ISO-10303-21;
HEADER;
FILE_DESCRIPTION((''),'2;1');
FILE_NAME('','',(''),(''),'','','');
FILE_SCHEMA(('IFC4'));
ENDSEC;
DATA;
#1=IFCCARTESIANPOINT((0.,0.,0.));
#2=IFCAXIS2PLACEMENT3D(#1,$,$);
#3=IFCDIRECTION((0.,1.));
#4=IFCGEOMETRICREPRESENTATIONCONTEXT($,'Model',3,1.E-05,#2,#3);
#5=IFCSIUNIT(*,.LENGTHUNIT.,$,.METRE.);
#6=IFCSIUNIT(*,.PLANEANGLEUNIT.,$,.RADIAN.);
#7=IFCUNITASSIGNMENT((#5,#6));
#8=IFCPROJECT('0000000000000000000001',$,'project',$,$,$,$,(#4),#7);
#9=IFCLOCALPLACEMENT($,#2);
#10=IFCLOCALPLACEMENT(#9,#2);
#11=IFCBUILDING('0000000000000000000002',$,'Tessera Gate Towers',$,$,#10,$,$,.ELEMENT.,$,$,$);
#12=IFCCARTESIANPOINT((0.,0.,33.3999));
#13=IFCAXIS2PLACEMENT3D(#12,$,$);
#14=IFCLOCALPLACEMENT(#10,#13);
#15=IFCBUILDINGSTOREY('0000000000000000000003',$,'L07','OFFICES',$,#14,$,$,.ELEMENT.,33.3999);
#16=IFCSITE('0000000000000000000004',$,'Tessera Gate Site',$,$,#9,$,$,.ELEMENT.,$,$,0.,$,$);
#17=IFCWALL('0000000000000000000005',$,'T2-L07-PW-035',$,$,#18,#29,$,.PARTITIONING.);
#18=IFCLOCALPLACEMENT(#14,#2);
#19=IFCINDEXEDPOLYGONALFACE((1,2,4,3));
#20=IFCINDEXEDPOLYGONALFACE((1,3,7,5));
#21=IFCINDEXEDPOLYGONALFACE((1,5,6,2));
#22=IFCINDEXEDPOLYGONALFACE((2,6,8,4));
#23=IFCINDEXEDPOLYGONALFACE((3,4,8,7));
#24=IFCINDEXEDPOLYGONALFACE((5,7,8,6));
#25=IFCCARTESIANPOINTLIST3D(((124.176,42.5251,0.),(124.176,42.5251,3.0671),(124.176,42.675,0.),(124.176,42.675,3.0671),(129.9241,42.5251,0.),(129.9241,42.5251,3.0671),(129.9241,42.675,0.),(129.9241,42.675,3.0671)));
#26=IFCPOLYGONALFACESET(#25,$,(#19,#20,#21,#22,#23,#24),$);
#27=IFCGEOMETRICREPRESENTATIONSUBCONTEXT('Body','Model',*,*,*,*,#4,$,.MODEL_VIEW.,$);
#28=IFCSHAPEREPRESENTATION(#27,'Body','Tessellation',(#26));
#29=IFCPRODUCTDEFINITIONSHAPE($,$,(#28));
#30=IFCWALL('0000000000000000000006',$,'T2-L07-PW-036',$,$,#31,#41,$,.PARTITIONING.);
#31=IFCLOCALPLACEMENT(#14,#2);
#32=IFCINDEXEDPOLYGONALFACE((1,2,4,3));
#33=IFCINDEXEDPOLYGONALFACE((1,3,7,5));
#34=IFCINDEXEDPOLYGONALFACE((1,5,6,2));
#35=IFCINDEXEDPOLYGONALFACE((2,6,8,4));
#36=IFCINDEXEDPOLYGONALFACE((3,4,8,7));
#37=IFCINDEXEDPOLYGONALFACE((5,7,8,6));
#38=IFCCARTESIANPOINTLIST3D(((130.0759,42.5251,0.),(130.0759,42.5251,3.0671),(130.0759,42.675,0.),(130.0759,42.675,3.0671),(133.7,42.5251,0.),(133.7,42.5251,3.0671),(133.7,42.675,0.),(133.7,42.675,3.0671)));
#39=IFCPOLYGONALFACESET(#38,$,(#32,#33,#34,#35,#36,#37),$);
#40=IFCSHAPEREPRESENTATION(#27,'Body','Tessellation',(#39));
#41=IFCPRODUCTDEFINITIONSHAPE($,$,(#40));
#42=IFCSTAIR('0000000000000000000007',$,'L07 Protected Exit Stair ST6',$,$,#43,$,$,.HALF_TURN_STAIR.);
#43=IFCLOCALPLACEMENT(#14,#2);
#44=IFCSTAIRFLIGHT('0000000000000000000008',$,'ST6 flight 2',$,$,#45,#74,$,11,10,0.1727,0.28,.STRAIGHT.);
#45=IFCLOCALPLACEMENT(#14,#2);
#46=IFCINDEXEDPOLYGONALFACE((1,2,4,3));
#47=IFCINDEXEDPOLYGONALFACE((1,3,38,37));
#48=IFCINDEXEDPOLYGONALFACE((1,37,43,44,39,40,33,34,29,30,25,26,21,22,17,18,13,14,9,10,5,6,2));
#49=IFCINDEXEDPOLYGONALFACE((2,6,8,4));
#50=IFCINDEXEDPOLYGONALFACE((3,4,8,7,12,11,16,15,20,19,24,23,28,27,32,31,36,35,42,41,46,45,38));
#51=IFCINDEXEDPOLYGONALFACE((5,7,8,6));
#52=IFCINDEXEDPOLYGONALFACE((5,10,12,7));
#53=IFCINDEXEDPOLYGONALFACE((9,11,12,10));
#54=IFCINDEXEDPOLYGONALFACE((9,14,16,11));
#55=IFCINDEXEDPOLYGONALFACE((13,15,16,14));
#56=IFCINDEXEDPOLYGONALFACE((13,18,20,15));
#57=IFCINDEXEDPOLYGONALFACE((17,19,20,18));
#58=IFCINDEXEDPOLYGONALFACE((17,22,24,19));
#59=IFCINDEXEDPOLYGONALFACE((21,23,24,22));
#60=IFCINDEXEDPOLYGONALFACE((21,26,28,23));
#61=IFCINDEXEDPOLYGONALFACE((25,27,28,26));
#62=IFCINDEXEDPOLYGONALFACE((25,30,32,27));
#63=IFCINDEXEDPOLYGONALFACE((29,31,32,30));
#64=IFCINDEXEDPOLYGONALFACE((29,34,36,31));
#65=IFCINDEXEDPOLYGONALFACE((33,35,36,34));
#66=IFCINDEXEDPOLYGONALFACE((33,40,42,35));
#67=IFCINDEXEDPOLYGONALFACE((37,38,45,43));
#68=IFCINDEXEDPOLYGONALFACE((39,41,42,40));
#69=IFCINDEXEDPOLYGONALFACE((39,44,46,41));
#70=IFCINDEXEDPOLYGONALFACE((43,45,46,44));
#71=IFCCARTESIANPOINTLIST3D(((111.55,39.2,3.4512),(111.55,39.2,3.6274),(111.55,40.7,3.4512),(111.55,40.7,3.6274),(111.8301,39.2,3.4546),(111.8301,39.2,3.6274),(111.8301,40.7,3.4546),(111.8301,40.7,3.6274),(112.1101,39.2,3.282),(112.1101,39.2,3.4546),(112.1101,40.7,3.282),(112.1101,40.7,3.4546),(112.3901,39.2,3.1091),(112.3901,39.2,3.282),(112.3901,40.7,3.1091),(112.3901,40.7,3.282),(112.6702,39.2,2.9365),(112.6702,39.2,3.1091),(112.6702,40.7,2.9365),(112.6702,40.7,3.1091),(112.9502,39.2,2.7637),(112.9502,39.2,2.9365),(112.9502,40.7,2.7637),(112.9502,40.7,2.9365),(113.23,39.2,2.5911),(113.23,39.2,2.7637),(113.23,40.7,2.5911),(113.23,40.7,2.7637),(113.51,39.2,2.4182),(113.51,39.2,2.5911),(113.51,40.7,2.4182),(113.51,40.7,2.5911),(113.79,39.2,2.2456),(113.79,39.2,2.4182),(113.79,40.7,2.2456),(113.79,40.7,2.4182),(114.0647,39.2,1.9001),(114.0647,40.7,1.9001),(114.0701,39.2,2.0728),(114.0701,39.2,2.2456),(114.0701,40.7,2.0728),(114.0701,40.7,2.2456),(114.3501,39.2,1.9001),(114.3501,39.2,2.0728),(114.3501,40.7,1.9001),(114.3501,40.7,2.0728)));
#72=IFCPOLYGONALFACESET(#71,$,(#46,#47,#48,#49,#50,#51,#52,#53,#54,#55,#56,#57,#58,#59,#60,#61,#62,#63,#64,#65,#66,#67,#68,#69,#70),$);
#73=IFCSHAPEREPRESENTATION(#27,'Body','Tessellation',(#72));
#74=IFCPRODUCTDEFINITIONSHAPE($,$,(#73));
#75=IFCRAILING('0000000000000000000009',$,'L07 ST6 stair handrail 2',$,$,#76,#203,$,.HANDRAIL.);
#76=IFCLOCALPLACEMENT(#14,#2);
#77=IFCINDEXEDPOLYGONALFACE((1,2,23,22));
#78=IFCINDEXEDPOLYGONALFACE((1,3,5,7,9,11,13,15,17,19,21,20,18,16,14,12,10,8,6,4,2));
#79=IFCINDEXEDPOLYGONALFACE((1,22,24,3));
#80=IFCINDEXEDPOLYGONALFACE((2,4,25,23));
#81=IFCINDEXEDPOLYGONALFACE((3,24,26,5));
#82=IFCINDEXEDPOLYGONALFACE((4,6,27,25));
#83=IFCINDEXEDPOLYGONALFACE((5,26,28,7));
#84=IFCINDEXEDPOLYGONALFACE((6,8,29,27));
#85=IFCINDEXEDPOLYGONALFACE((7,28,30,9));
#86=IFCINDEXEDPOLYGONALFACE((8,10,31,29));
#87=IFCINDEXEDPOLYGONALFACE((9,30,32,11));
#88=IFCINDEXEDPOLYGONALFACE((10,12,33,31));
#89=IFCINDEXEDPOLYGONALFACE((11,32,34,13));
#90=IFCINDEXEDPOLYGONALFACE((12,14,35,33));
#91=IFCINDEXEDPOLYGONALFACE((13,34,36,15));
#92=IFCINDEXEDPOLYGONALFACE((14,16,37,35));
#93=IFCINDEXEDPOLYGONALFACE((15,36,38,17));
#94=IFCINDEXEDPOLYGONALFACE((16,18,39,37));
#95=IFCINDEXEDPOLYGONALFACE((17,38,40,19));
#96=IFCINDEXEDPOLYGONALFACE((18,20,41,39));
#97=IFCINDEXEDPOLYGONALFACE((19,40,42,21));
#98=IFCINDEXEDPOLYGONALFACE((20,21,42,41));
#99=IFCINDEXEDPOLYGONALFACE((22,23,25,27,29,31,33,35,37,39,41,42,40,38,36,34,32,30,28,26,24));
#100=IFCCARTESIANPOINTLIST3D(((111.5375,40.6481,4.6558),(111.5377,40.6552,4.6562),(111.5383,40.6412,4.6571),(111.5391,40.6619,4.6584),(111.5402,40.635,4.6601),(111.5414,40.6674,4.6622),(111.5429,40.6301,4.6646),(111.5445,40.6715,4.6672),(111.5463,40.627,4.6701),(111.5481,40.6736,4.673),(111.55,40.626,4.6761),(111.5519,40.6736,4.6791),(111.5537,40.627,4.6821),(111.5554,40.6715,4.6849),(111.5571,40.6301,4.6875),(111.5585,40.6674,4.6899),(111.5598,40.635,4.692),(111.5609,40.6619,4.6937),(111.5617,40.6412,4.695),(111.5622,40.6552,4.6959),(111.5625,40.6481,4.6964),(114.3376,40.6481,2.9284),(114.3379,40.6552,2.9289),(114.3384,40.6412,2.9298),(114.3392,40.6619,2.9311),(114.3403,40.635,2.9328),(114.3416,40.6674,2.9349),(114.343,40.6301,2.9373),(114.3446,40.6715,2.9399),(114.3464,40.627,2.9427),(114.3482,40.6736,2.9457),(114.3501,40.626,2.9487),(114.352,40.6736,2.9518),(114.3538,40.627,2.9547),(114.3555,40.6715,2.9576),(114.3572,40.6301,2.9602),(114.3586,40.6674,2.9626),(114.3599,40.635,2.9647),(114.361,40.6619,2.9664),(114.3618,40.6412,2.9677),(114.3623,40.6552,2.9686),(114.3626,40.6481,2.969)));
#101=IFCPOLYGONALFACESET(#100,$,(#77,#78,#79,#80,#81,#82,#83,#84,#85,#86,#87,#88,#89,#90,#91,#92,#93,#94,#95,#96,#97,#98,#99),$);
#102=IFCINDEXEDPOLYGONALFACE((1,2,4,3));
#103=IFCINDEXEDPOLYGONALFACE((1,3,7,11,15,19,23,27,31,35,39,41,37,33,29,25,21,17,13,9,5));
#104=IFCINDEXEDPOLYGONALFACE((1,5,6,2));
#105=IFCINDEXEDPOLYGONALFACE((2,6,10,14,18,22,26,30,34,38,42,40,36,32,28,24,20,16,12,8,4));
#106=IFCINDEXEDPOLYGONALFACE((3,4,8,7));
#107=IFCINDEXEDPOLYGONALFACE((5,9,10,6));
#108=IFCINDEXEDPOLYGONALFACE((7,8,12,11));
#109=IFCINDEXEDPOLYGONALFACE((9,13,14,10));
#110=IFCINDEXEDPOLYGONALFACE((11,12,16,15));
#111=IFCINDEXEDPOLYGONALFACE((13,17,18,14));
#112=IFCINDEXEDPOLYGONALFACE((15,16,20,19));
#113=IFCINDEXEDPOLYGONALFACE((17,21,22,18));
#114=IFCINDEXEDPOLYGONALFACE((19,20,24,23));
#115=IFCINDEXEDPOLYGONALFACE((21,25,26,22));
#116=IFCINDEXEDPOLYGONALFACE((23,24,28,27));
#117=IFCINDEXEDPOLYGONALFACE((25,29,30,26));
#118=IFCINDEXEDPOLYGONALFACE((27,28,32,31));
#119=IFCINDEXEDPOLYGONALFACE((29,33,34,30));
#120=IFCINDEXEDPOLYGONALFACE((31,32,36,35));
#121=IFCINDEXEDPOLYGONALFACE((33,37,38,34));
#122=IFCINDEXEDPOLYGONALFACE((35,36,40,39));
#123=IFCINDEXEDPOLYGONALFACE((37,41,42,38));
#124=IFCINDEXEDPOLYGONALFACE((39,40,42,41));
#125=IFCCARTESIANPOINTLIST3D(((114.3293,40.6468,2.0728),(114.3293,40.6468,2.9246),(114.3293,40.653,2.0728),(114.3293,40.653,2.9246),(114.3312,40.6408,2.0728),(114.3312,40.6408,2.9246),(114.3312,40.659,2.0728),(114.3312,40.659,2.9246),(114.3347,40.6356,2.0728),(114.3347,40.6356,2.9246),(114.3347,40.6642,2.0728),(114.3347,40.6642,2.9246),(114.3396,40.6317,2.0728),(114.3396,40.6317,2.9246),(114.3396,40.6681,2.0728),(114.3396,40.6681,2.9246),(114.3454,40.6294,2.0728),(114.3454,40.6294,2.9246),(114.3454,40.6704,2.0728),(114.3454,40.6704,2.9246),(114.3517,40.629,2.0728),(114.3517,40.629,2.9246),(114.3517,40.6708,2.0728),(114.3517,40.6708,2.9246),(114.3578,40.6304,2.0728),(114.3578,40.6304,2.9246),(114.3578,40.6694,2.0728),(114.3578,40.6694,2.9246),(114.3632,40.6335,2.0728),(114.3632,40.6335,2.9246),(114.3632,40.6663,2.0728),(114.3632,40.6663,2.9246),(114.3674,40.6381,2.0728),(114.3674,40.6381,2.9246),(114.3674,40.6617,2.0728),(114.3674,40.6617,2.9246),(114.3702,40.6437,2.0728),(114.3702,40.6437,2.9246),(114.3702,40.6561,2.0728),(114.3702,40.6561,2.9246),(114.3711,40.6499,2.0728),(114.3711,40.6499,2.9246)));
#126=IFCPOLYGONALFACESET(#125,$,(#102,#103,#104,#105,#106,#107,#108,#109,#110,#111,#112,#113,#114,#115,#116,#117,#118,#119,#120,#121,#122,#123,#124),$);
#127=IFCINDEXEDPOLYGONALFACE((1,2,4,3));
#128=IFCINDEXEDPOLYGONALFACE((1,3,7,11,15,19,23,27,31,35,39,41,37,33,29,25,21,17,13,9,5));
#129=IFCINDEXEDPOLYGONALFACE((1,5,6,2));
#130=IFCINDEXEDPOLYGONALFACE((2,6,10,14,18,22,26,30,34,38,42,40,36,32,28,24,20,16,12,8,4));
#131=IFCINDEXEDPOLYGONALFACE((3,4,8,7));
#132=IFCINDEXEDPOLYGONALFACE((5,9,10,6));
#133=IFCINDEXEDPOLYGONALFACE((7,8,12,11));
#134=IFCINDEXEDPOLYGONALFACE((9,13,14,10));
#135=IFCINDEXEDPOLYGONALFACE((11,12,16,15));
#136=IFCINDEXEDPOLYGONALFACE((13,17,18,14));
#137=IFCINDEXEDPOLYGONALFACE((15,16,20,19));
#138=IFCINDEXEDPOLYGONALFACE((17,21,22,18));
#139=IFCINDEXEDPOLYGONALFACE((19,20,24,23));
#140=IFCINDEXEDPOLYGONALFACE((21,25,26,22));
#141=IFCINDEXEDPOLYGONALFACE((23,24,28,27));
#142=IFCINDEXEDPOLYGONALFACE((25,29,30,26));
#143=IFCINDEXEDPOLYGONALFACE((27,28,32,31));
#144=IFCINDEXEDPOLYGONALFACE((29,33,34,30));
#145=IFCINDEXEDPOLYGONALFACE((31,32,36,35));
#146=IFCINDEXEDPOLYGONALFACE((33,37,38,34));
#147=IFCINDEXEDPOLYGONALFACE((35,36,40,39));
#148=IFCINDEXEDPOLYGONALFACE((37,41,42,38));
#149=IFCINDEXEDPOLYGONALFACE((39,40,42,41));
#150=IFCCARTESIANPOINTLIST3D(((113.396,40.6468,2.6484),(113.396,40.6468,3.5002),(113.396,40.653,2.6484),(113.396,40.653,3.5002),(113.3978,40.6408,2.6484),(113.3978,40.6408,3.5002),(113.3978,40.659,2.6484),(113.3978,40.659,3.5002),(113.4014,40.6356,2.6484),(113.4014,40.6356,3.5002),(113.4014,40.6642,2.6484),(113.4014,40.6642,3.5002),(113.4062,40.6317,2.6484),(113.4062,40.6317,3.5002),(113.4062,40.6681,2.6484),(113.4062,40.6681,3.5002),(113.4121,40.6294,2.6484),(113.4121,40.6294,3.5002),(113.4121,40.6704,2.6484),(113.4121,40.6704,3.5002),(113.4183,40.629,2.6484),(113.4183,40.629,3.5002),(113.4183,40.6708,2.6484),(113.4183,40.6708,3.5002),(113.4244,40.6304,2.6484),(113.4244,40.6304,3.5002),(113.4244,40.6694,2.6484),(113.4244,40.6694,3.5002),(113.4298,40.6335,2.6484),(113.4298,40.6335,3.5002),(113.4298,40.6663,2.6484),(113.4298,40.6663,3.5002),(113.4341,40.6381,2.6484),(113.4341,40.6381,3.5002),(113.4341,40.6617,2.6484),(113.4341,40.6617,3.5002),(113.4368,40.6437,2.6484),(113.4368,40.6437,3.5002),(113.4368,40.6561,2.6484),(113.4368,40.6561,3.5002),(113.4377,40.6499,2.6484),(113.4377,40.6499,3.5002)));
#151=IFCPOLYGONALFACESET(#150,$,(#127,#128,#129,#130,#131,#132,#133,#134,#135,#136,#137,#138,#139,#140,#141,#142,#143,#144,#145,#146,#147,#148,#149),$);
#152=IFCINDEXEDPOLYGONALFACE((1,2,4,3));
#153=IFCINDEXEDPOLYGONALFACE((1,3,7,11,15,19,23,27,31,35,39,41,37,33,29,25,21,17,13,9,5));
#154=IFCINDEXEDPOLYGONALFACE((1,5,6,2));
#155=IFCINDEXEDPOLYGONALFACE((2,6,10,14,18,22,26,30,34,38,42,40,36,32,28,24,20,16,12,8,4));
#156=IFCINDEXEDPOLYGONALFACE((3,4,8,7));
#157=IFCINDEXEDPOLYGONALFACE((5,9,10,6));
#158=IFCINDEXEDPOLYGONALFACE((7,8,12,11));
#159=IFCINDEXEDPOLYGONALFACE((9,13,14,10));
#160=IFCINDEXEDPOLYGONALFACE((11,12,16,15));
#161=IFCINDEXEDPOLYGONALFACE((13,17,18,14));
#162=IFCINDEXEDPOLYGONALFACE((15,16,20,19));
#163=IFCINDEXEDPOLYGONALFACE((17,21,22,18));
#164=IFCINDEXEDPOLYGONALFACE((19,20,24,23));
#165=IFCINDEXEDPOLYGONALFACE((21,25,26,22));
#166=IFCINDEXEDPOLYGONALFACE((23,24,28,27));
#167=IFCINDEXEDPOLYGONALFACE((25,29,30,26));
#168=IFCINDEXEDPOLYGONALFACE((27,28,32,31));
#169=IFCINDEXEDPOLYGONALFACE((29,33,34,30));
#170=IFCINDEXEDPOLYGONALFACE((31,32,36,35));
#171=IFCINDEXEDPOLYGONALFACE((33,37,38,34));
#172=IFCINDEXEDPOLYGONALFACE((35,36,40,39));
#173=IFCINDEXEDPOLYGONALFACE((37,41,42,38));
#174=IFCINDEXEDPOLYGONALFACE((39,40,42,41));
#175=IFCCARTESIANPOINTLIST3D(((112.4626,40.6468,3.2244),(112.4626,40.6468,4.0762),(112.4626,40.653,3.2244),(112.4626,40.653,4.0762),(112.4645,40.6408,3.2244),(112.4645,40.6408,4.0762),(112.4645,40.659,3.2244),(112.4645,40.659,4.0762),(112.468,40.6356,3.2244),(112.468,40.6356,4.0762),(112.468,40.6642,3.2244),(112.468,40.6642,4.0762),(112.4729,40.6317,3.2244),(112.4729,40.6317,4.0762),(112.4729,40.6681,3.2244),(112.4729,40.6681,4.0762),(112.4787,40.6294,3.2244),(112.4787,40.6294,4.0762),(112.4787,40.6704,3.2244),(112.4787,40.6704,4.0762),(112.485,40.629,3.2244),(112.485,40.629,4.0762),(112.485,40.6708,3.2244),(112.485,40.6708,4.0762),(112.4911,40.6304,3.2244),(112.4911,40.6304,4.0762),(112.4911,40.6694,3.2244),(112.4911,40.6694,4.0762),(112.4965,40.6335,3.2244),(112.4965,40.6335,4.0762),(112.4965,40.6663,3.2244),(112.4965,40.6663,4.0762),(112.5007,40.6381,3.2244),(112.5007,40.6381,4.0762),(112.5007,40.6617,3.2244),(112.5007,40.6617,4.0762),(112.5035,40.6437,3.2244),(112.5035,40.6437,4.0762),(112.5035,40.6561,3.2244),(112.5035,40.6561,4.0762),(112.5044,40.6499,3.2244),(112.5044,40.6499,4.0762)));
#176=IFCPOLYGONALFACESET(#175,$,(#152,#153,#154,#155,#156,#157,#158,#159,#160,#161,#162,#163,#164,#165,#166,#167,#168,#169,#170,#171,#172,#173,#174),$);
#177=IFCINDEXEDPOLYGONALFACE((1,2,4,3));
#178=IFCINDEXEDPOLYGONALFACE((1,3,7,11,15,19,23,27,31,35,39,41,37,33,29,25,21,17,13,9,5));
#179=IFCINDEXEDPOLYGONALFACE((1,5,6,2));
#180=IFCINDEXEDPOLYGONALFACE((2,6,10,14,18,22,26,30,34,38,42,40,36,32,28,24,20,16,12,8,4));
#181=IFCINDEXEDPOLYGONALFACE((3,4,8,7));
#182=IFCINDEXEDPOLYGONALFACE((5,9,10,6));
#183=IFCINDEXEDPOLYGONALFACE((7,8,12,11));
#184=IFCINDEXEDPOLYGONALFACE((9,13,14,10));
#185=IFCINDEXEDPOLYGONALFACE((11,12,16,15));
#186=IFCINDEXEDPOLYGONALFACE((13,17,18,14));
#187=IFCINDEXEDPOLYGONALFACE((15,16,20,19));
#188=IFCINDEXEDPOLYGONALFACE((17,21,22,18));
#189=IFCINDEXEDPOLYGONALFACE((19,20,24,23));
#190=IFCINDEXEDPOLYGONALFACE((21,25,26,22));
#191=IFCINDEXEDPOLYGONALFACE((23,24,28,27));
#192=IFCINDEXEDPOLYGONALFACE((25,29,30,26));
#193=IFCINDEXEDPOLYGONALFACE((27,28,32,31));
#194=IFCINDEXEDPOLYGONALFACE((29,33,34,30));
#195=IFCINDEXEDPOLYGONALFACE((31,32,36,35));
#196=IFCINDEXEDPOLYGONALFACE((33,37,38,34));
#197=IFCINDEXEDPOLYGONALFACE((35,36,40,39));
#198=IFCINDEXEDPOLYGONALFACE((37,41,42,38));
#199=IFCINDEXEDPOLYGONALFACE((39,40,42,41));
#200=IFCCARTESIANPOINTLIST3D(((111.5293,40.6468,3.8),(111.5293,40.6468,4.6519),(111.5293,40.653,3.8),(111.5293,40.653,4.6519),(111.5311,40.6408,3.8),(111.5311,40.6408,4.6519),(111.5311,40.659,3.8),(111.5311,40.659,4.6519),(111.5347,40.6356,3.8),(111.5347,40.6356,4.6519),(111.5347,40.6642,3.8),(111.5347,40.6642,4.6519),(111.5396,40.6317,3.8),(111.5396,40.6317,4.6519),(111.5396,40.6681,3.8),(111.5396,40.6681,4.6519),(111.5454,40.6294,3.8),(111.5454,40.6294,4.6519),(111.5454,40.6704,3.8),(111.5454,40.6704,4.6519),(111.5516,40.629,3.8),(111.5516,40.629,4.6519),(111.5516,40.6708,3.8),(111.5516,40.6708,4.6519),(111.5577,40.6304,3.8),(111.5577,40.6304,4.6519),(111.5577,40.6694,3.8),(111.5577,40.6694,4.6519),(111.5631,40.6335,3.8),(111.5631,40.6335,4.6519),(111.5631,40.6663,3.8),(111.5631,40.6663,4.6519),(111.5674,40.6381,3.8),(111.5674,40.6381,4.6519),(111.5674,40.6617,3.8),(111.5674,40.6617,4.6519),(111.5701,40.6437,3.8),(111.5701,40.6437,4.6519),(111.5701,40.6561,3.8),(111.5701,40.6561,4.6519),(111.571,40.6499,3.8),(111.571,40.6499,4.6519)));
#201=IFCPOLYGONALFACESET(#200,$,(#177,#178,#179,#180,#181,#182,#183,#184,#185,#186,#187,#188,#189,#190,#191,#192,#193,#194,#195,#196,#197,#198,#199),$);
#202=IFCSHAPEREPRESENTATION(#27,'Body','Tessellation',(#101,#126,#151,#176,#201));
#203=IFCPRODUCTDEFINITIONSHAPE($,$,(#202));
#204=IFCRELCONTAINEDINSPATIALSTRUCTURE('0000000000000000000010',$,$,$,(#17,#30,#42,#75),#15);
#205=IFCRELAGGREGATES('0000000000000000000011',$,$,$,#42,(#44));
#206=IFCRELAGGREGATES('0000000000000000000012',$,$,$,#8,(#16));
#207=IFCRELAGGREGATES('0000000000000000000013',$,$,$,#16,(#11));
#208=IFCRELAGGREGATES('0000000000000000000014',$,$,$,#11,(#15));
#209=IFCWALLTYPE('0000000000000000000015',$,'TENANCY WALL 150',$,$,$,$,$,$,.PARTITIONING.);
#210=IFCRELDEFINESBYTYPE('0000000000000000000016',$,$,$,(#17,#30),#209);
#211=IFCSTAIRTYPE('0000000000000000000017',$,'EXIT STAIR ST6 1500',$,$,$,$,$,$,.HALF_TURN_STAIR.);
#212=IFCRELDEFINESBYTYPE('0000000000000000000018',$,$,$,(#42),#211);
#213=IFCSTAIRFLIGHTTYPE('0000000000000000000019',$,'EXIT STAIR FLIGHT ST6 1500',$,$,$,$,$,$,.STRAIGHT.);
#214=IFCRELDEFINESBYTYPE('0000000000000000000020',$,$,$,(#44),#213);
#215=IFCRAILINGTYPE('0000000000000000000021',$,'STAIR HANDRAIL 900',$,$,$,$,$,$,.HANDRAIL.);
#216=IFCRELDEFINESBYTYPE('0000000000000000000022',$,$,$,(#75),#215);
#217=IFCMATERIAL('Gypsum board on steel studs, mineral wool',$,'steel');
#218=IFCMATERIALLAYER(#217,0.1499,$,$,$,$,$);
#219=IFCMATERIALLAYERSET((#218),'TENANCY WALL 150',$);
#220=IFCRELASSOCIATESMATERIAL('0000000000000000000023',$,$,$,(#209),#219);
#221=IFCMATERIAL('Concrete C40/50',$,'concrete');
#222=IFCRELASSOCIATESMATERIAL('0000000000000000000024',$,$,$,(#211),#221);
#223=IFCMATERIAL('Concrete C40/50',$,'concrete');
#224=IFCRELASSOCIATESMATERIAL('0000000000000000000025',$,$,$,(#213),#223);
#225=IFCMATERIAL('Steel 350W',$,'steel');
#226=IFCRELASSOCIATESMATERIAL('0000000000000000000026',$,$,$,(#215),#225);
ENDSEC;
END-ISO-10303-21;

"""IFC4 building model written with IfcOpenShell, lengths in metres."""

from ifc_helpers import new_model, si_unit, direction, frame, frame_2d, origin, origin_2d, place, context, subcontext, project, spatial, polyline, rectangle, circle, outline, extrude, material, layer, layer_set, type_object, element, aggregate, save


model = new_model("IFC4")

# Units and contexts
model_context = context("Model", 3, precision=1e-05, world=origin(), true_north=direction((0.0, 1.0)))
body_context = subcontext(model_context, "Body", "Model", "MODEL_VIEW")
ifc_project = project(units=[si_unit("LENGTHUNIT", "METRE"), si_unit("PLANEANGLEUNIT", "RADIAN")], contexts=[model_context])

# Site, building, storey
site_placement = place(None, origin())
site = spatial("IfcSite", under=ifc_project, at=site_placement, Name="Tessera Gate Site", CompositionType="ELEMENT", RefElevation=0.0)
building_placement = place(site_placement, origin())
building = spatial("IfcBuilding", under=site, at=building_placement, Name="Tessera Gate Towers", CompositionType="ELEMENT")
storey_placement = place(building_placement, frame((0.0, 0.0, 33.3999)))
storey = spatial("IfcBuildingStorey", under=building, at=storey_placement, Name="L07", Description="OFFICES", CompositionType="ELEMENT", Elevation=33.3999)

# Walls
ifc_material_1 = material(Name="Gypsum board on steel studs, mineral wool", Category="steel")
ifc_layer_1 = layer(ifc_material_1, 0.1499)
ifc_layer_set_1 = layer_set([ifc_layer_1], Name="TENANCY WALL 150")
wall_type_1 = type_object("IfcWallType", Name="TENANCY WALL 150", PredefinedType="PARTITIONING", material=ifc_layer_set_1)
wall_1_placement = place(storey_placement, frame((124.176, 42.6001, 0.0), z_axis=(0.0, 0.0, 1.0), x_axis=(1.0, 0.0, 0.0)))
element("IfcWall", 1, at=wall_1_placement, inside=storey, type_object=wall_type_1, Name="T2-L07-PW-035", PredefinedType="PARTITIONING", context=body_context, shape_type="SweptSolid", body=[
    extrude(rectangle(XDim=5.748, YDim=0.1499, at=frame_2d((2.874, 0.0))), origin(), (0.0, 0.0, 1.0), 3.0671),
])
wall_2_placement = place(storey_placement, frame((130.0759, 42.6001, 0.0), z_axis=(0.0, 0.0, 1.0), x_axis=(1.0, 0.0, 0.0)))
element("IfcWall", 2, at=wall_2_placement, inside=storey, type_object=wall_type_1, Name="T2-L07-PW-036", PredefinedType="PARTITIONING", context=body_context, shape_type="SweptSolid", body=[
    extrude(rectangle(XDim=3.624, YDim=0.1499, at=frame_2d((1.812, 0.0))), origin(), (0.0, 0.0, 1.0), 3.0671),
])

# Stair, stair flight
ifc_material_2 = material(Name="Concrete C40/50", Category="concrete")
stair_type = type_object("IfcStairType", Name="EXIT STAIR ST6 1500", PredefinedType="HALF_TURN_STAIR", material=ifc_material_2)
stair_placement = place(storey_placement, origin())
stair = element("IfcStair", 3, at=stair_placement, inside=storey, type_object=stair_type, Name="L07 Protected Exit Stair ST6", PredefinedType="HALF_TURN_STAIR")
ifc_material_3 = material(Name="Concrete C40/50", Category="concrete")
stair_flight_type = type_object("IfcStairFlightType", Name="EXIT STAIR FLIGHT ST6 1500", PredefinedType="STRAIGHT", material=ifc_material_3)
stair_flight_placement = place(storey_placement, frame((114.3501, 39.95, 1.9001), z_axis=(0.0, 0.0, 1.0), x_axis=(-1.0, 0.0, 0.0)))
stair_flight = element("IfcStairFlight", 4, at=stair_flight_placement, type_object=stair_flight_type, Name="ST6 flight 2", NumberOfRisers=11, NumberOfTreads=10, PredefinedType="STRAIGHT", RiserHeight=0.1727, TreadLength=0.28, context=body_context, shape_type="SweptSolid", body=[
    extrude(outline(polyline([(0.0, 0.0), (0.0, 0.1726), (0.28, 0.1726), (0.28, 0.3455), (0.5601, 0.3455), (0.5601, 0.5181), (0.8401, 0.5181), (0.8401, 0.6909), (1.1201, 0.6909), (1.1201, 0.8635), (1.3999, 0.8635), (1.3999, 1.0364), (1.6799, 1.0364), (1.6799, 1.209), (1.96, 1.209), (1.96, 1.3818), (2.24, 1.3818), (2.24, 1.5544), (2.52, 1.5544), (2.52, 1.7273), (2.8, 1.7273), (2.8, 1.8999), (2.8, 1.551), (0.2854, 0.0), (0.0, 0.0)])), frame((0.0, 0.75, 0.0), z_axis=(0.0, -1.0, 0.0), x_axis=(1.0, 0.0, 0.0)), (0.0, 0.0, 1.0), 1.5),
])
aggregate(stair, [stair_flight])

# Railing
ifc_material_4 = material(Name="Steel 350W", Category="steel")
railing_type = type_object("IfcRailingType", Name="STAIR HANDRAIL 900", PredefinedType="HANDRAIL", material=ifc_material_4)
railing_placement = place(storey_placement, frame((114.3501, 40.6499, 2.0728)))
element("IfcRailing", 5, at=railing_placement, inside=storey, type_object=railing_type, Name="L07 ST6 stair handrail 2", PredefinedType="HANDRAIL", context=body_context, shape_type="SweptSolid", body=[
    extrude(circle(Radius=0.0239, at=origin_2d()), frame((0.0, 0.0, 0.876), z_axis=(-0.85109, 0.0, 0.52502), x_axis=(0.0, -1.0, 0.0)), (0.0, 0.0, 1.0), 3.29),
    extrude(circle(Radius=0.021, at=origin_2d()), origin(), (0.0, 0.0, 1.0), 0.8518),
    extrude(circle(Radius=0.021, at=origin_2d()), frame((-0.9333, 0.0, 0.5757)), (0.0, 0.0, 1.0), 0.8518),
    extrude(circle(Radius=0.021, at=origin_2d()), frame((-1.8667, 0.0, 1.1516)), (0.0, 0.0, 1.0), 0.8518),
    extrude(circle(Radius=0.021, at=origin_2d()), frame((-2.8, 0.0, 1.7273)), (0.0, 0.0, 1.0), 0.8518),
])

save(model, "model.ifc")
